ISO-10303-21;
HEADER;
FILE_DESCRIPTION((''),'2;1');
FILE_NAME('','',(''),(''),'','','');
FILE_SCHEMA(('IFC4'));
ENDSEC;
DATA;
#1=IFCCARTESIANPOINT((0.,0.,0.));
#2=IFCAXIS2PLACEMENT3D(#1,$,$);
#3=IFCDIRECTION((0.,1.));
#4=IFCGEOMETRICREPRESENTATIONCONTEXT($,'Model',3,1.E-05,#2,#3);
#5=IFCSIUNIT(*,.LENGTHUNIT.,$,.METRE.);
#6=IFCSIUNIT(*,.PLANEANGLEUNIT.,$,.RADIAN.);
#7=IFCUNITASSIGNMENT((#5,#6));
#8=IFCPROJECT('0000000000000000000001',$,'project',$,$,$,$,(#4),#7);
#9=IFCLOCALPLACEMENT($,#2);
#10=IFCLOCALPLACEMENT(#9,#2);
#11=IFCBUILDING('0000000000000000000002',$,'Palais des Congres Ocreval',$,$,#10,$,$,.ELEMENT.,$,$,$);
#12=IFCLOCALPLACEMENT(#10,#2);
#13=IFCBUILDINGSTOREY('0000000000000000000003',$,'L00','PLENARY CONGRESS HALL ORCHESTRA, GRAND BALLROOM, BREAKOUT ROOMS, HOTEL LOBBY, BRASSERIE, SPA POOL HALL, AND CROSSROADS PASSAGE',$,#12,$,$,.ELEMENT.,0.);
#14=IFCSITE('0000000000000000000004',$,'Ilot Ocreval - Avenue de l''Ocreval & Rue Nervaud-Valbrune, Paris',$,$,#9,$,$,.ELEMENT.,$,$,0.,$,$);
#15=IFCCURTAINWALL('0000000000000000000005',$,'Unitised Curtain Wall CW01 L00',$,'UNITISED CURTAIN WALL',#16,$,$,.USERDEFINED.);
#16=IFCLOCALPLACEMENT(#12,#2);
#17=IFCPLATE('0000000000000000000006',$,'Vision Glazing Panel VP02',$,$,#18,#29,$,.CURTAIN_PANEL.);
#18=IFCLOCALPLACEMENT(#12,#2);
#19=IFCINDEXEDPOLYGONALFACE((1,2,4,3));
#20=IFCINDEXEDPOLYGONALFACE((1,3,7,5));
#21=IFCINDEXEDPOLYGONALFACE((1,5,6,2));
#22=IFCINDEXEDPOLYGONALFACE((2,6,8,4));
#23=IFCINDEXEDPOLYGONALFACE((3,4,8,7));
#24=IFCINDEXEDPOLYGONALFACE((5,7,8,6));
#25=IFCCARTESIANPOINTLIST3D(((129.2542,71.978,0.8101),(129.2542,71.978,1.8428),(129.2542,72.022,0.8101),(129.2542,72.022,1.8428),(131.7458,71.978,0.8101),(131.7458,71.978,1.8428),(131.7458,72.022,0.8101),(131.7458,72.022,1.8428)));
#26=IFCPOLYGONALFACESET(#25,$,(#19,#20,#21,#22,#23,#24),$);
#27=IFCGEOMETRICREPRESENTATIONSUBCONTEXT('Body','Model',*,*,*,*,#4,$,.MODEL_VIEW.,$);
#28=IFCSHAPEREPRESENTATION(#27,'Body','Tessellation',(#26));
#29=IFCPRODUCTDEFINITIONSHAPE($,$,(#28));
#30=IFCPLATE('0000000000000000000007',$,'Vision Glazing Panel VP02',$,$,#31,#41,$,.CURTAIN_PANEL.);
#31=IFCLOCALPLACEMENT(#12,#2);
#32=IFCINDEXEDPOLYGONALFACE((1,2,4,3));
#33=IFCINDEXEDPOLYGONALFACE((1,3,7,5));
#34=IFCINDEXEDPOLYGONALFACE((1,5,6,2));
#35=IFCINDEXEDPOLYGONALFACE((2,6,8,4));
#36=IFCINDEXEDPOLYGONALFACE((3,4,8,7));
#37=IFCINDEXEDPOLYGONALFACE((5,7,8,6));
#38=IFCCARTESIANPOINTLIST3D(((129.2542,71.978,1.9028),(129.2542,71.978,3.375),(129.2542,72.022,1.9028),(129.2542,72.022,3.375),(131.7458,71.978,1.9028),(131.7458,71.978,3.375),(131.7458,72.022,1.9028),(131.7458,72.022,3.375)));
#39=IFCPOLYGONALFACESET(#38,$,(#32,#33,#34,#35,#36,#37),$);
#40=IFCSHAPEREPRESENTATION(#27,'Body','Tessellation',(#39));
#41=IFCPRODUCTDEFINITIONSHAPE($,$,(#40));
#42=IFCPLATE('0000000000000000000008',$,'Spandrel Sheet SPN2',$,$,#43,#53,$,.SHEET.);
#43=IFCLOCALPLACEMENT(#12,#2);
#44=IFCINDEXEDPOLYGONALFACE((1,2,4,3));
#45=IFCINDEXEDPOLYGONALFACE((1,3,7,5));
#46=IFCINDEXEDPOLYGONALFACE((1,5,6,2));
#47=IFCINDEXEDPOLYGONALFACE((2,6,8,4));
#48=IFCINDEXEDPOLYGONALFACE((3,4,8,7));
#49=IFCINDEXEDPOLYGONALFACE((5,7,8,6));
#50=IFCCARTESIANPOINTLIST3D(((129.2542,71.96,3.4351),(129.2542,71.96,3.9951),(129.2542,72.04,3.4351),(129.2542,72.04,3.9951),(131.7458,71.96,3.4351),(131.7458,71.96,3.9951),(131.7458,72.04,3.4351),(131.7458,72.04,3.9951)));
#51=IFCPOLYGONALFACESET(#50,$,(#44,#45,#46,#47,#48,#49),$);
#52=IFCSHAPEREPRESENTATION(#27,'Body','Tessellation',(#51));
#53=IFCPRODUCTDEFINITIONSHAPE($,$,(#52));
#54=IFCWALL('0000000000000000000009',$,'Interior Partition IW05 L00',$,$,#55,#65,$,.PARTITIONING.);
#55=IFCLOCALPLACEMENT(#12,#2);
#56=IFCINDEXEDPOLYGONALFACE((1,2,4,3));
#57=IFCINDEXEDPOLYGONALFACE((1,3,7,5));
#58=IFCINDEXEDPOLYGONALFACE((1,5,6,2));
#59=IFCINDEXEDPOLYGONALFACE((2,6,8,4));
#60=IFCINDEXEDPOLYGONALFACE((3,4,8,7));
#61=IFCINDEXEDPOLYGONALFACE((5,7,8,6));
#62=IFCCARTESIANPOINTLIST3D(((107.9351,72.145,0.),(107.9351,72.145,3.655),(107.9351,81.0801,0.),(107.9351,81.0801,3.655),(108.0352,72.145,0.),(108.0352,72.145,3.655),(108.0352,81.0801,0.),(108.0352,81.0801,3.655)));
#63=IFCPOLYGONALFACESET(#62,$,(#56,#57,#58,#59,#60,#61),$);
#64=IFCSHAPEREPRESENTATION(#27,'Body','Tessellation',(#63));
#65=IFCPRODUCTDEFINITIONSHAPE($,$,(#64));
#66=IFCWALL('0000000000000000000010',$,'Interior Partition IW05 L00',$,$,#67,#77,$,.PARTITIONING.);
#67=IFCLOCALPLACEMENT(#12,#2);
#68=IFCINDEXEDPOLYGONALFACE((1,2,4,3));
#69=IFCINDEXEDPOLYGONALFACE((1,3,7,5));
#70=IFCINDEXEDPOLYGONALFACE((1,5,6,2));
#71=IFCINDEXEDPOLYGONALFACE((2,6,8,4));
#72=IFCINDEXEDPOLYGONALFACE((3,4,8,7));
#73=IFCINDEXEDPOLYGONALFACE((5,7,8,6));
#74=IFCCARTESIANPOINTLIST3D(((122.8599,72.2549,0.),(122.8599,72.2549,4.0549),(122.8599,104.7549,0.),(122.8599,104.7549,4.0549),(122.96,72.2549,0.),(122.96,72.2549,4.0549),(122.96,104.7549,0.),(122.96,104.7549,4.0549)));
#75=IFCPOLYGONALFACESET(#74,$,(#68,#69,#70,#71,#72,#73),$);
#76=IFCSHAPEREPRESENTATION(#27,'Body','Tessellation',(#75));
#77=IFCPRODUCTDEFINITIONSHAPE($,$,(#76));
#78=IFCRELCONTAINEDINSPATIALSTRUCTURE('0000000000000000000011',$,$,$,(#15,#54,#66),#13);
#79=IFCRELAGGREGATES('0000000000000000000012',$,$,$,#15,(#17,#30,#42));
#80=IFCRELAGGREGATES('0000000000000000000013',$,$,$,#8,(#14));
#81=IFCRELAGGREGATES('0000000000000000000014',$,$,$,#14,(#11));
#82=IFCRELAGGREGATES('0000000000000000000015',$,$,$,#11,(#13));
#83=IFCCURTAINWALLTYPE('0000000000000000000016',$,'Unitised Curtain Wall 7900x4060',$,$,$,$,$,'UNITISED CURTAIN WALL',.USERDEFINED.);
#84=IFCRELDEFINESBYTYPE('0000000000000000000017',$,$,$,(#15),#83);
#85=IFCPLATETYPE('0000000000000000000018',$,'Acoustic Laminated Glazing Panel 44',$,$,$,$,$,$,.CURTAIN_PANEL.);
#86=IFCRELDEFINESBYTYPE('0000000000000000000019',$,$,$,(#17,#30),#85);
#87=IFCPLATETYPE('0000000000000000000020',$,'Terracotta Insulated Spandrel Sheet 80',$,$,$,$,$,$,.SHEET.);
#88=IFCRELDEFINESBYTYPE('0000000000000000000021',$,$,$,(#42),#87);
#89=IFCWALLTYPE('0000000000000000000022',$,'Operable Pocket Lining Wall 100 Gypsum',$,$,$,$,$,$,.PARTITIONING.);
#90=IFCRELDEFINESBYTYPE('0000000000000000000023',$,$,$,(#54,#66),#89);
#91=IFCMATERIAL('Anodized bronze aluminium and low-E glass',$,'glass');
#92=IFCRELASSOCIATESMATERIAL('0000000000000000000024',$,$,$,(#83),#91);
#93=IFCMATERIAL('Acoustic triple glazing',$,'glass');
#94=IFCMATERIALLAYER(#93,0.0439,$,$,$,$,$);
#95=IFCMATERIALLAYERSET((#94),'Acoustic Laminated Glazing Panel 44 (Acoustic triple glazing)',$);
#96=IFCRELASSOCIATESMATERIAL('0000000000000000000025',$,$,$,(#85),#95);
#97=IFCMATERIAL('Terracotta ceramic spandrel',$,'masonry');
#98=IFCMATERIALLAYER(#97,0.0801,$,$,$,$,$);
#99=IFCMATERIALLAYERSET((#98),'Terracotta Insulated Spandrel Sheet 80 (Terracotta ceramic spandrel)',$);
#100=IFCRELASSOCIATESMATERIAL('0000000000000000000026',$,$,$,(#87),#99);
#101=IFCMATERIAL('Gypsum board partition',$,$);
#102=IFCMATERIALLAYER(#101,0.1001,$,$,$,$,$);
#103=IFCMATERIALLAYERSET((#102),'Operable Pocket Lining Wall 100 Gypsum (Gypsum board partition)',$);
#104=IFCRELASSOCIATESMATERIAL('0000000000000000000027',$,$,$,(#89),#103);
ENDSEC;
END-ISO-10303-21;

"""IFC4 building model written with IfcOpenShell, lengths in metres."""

from ifc_helpers import new_model, si_unit, direction, frame, frame_2d, origin, origin_2d, place, context, subcontext, project, spatial, rectangle, extrude, material, layer, layer_set, type_object, element, aggregate, save


model = new_model("IFC4")

# Units and contexts
model_context = context("Model", 3, precision=1e-05, world=origin(), true_north=direction((0.0, 1.0)))
body_context = subcontext(model_context, "Body", "Model", "MODEL_VIEW")
ifc_project = project(units=[si_unit("LENGTHUNIT", "METRE"), si_unit("PLANEANGLEUNIT", "RADIAN")], contexts=[model_context])

# Site, building, storey
site_placement = place(None, origin())
site = spatial("IfcSite", under=ifc_project, at=site_placement, Name="Ilot Ocreval - Avenue de l'Ocreval & Rue Nervaud-Valbrune, Paris", CompositionType="ELEMENT", RefElevation=0.0)
building_placement = place(site_placement, origin())
building = spatial("IfcBuilding", under=site, at=building_placement, Name="Palais des Congres Ocreval", CompositionType="ELEMENT")
storey_placement = place(building_placement, origin())
storey = spatial("IfcBuildingStorey", under=building, at=storey_placement, Name="L00", Description="PLENARY CONGRESS HALL ORCHESTRA, GRAND BALLROOM, BREAKOUT ROOMS, HOTEL LOBBY, BRASSERIE, SPA POOL HALL, AND CROSSROADS PASSAGE", CompositionType="ELEMENT", Elevation=0.0)

# Curtain wall
ifc_material_1 = material(Name="Anodized bronze aluminium and low-E glass", Category="glass")
curtain_wall_type = type_object("IfcCurtainWallType", Name="Unitised Curtain Wall 7900x4060", ElementType="UNITISED CURTAIN WALL", PredefinedType="USERDEFINED", material=ifc_material_1)
curtain_wall_placement = place(storey_placement, origin())
curtain_wall = element("IfcCurtainWall", 1, at=curtain_wall_placement, inside=storey, type_object=curtain_wall_type, Name="Unitised Curtain Wall CW01 L00", ObjectType="UNITISED CURTAIN WALL", PredefinedType="USERDEFINED")

# Plates
ifc_material_2 = material(Name="Acoustic triple glazing", Category="glass")
ifc_layer_1 = layer(ifc_material_2, 0.0439)
ifc_layer_set_1 = layer_set([ifc_layer_1], Name="Acoustic Laminated Glazing Panel 44 (Acoustic triple glazing)")
plate_type_1 = type_object("IfcPlateType", Name="Acoustic Laminated Glazing Panel 44", PredefinedType="CURTAIN_PANEL", material=ifc_layer_set_1)
plate_1_placement = place(storey_placement, frame((130.5, 72.0, 0.8101), z_axis=(0.0, 0.0, 1.0), x_axis=(-1.0, 0.0, 0.0)))
plate_1 = element("IfcPlate", 2, at=plate_1_placement, type_object=plate_type_1, Name="Vision Glazing Panel VP02", PredefinedType="CURTAIN_PANEL", context=body_context, shape_type="SweptSolid", body=[
    extrude(rectangle(XDim=2.4917, YDim=0.0439, at=origin_2d()), origin(), (0.0, 0.0, 1.0), 1.0327),
])
plate_2_placement = place(storey_placement, frame((130.5, 72.0, 1.9028), z_axis=(0.0, 0.0, 1.0), x_axis=(-1.0, 0.0, 0.0)))
plate_2 = element("IfcPlate", 3, at=plate_2_placement, type_object=plate_type_1, Name="Vision Glazing Panel VP02", PredefinedType="CURTAIN_PANEL", context=body_context, shape_type="SweptSolid", body=[
    extrude(rectangle(XDim=2.4917, YDim=0.0439, at=origin_2d()), origin(), (0.0, 0.0, 1.0), 1.4722),
])
ifc_material_3 = material(Name="Terracotta ceramic spandrel", Category="masonry")
ifc_layer_2 = layer(ifc_material_3, 0.0801)
ifc_layer_set_2 = layer_set([ifc_layer_2], Name="Terracotta Insulated Spandrel Sheet 80 (Terracotta ceramic spandrel)")
plate_type_2 = type_object("IfcPlateType", Name="Terracotta Insulated Spandrel Sheet 80", PredefinedType="SHEET", material=ifc_layer_set_2)
plate_3_placement = place(storey_placement, frame((130.5, 72.0, 3.4351), z_axis=(0.0, 0.0, 1.0), x_axis=(-1.0, 0.0, 0.0)))
plate_3 = element("IfcPlate", 4, at=plate_3_placement, type_object=plate_type_2, Name="Spandrel Sheet SPN2", PredefinedType="SHEET", context=body_context, shape_type="SweptSolid", body=[
    extrude(rectangle(XDim=2.4917, YDim=0.0801, at=origin_2d()), origin(), (0.0, 0.0, 1.0), 0.5601),
])
aggregate(curtain_wall, [plate_1, plate_2, plate_3])

# Walls
ifc_material_4 = material(Name="Gypsum board partition")
ifc_layer_3 = layer(ifc_material_4, 0.1001)
ifc_layer_set_3 = layer_set([ifc_layer_3], Name="Operable Pocket Lining Wall 100 Gypsum (Gypsum board partition)")
wall_type = type_object("IfcWallType", Name="Operable Pocket Lining Wall 100 Gypsum", PredefinedType="PARTITIONING", material=ifc_layer_set_3)
wall_1_placement = place(storey_placement, frame((107.9851, 72.145, 0.0), z_axis=(0.0, 0.0, 1.0), x_axis=(0.0, 1.0, 0.0)))
element("IfcWall", 5, at=wall_1_placement, inside=storey, type_object=wall_type, Name="Interior Partition IW05 L00", PredefinedType="PARTITIONING", context=body_context, shape_type="SweptSolid", body=[
    extrude(rectangle(XDim=8.9351, YDim=0.1001, at=frame_2d((4.4675, 0.0))), origin(), (0.0, 0.0, 1.0), 3.655),
])
wall_2_placement = place(storey_placement, frame((122.9099, 72.2549, 0.0), z_axis=(0.0, 0.0, 1.0), x_axis=(0.0, 1.0, 0.0)))
element("IfcWall", 6, at=wall_2_placement, inside=storey, type_object=wall_type, Name="Interior Partition IW05 L00", PredefinedType="PARTITIONING", context=body_context, shape_type="SweptSolid", body=[
    extrude(rectangle(XDim=32.5, YDim=0.1001, at=frame_2d((16.25, 0.0))), origin(), (0.0, 0.0, 1.0), 4.0549),
])

save(model, "model.ifc")
